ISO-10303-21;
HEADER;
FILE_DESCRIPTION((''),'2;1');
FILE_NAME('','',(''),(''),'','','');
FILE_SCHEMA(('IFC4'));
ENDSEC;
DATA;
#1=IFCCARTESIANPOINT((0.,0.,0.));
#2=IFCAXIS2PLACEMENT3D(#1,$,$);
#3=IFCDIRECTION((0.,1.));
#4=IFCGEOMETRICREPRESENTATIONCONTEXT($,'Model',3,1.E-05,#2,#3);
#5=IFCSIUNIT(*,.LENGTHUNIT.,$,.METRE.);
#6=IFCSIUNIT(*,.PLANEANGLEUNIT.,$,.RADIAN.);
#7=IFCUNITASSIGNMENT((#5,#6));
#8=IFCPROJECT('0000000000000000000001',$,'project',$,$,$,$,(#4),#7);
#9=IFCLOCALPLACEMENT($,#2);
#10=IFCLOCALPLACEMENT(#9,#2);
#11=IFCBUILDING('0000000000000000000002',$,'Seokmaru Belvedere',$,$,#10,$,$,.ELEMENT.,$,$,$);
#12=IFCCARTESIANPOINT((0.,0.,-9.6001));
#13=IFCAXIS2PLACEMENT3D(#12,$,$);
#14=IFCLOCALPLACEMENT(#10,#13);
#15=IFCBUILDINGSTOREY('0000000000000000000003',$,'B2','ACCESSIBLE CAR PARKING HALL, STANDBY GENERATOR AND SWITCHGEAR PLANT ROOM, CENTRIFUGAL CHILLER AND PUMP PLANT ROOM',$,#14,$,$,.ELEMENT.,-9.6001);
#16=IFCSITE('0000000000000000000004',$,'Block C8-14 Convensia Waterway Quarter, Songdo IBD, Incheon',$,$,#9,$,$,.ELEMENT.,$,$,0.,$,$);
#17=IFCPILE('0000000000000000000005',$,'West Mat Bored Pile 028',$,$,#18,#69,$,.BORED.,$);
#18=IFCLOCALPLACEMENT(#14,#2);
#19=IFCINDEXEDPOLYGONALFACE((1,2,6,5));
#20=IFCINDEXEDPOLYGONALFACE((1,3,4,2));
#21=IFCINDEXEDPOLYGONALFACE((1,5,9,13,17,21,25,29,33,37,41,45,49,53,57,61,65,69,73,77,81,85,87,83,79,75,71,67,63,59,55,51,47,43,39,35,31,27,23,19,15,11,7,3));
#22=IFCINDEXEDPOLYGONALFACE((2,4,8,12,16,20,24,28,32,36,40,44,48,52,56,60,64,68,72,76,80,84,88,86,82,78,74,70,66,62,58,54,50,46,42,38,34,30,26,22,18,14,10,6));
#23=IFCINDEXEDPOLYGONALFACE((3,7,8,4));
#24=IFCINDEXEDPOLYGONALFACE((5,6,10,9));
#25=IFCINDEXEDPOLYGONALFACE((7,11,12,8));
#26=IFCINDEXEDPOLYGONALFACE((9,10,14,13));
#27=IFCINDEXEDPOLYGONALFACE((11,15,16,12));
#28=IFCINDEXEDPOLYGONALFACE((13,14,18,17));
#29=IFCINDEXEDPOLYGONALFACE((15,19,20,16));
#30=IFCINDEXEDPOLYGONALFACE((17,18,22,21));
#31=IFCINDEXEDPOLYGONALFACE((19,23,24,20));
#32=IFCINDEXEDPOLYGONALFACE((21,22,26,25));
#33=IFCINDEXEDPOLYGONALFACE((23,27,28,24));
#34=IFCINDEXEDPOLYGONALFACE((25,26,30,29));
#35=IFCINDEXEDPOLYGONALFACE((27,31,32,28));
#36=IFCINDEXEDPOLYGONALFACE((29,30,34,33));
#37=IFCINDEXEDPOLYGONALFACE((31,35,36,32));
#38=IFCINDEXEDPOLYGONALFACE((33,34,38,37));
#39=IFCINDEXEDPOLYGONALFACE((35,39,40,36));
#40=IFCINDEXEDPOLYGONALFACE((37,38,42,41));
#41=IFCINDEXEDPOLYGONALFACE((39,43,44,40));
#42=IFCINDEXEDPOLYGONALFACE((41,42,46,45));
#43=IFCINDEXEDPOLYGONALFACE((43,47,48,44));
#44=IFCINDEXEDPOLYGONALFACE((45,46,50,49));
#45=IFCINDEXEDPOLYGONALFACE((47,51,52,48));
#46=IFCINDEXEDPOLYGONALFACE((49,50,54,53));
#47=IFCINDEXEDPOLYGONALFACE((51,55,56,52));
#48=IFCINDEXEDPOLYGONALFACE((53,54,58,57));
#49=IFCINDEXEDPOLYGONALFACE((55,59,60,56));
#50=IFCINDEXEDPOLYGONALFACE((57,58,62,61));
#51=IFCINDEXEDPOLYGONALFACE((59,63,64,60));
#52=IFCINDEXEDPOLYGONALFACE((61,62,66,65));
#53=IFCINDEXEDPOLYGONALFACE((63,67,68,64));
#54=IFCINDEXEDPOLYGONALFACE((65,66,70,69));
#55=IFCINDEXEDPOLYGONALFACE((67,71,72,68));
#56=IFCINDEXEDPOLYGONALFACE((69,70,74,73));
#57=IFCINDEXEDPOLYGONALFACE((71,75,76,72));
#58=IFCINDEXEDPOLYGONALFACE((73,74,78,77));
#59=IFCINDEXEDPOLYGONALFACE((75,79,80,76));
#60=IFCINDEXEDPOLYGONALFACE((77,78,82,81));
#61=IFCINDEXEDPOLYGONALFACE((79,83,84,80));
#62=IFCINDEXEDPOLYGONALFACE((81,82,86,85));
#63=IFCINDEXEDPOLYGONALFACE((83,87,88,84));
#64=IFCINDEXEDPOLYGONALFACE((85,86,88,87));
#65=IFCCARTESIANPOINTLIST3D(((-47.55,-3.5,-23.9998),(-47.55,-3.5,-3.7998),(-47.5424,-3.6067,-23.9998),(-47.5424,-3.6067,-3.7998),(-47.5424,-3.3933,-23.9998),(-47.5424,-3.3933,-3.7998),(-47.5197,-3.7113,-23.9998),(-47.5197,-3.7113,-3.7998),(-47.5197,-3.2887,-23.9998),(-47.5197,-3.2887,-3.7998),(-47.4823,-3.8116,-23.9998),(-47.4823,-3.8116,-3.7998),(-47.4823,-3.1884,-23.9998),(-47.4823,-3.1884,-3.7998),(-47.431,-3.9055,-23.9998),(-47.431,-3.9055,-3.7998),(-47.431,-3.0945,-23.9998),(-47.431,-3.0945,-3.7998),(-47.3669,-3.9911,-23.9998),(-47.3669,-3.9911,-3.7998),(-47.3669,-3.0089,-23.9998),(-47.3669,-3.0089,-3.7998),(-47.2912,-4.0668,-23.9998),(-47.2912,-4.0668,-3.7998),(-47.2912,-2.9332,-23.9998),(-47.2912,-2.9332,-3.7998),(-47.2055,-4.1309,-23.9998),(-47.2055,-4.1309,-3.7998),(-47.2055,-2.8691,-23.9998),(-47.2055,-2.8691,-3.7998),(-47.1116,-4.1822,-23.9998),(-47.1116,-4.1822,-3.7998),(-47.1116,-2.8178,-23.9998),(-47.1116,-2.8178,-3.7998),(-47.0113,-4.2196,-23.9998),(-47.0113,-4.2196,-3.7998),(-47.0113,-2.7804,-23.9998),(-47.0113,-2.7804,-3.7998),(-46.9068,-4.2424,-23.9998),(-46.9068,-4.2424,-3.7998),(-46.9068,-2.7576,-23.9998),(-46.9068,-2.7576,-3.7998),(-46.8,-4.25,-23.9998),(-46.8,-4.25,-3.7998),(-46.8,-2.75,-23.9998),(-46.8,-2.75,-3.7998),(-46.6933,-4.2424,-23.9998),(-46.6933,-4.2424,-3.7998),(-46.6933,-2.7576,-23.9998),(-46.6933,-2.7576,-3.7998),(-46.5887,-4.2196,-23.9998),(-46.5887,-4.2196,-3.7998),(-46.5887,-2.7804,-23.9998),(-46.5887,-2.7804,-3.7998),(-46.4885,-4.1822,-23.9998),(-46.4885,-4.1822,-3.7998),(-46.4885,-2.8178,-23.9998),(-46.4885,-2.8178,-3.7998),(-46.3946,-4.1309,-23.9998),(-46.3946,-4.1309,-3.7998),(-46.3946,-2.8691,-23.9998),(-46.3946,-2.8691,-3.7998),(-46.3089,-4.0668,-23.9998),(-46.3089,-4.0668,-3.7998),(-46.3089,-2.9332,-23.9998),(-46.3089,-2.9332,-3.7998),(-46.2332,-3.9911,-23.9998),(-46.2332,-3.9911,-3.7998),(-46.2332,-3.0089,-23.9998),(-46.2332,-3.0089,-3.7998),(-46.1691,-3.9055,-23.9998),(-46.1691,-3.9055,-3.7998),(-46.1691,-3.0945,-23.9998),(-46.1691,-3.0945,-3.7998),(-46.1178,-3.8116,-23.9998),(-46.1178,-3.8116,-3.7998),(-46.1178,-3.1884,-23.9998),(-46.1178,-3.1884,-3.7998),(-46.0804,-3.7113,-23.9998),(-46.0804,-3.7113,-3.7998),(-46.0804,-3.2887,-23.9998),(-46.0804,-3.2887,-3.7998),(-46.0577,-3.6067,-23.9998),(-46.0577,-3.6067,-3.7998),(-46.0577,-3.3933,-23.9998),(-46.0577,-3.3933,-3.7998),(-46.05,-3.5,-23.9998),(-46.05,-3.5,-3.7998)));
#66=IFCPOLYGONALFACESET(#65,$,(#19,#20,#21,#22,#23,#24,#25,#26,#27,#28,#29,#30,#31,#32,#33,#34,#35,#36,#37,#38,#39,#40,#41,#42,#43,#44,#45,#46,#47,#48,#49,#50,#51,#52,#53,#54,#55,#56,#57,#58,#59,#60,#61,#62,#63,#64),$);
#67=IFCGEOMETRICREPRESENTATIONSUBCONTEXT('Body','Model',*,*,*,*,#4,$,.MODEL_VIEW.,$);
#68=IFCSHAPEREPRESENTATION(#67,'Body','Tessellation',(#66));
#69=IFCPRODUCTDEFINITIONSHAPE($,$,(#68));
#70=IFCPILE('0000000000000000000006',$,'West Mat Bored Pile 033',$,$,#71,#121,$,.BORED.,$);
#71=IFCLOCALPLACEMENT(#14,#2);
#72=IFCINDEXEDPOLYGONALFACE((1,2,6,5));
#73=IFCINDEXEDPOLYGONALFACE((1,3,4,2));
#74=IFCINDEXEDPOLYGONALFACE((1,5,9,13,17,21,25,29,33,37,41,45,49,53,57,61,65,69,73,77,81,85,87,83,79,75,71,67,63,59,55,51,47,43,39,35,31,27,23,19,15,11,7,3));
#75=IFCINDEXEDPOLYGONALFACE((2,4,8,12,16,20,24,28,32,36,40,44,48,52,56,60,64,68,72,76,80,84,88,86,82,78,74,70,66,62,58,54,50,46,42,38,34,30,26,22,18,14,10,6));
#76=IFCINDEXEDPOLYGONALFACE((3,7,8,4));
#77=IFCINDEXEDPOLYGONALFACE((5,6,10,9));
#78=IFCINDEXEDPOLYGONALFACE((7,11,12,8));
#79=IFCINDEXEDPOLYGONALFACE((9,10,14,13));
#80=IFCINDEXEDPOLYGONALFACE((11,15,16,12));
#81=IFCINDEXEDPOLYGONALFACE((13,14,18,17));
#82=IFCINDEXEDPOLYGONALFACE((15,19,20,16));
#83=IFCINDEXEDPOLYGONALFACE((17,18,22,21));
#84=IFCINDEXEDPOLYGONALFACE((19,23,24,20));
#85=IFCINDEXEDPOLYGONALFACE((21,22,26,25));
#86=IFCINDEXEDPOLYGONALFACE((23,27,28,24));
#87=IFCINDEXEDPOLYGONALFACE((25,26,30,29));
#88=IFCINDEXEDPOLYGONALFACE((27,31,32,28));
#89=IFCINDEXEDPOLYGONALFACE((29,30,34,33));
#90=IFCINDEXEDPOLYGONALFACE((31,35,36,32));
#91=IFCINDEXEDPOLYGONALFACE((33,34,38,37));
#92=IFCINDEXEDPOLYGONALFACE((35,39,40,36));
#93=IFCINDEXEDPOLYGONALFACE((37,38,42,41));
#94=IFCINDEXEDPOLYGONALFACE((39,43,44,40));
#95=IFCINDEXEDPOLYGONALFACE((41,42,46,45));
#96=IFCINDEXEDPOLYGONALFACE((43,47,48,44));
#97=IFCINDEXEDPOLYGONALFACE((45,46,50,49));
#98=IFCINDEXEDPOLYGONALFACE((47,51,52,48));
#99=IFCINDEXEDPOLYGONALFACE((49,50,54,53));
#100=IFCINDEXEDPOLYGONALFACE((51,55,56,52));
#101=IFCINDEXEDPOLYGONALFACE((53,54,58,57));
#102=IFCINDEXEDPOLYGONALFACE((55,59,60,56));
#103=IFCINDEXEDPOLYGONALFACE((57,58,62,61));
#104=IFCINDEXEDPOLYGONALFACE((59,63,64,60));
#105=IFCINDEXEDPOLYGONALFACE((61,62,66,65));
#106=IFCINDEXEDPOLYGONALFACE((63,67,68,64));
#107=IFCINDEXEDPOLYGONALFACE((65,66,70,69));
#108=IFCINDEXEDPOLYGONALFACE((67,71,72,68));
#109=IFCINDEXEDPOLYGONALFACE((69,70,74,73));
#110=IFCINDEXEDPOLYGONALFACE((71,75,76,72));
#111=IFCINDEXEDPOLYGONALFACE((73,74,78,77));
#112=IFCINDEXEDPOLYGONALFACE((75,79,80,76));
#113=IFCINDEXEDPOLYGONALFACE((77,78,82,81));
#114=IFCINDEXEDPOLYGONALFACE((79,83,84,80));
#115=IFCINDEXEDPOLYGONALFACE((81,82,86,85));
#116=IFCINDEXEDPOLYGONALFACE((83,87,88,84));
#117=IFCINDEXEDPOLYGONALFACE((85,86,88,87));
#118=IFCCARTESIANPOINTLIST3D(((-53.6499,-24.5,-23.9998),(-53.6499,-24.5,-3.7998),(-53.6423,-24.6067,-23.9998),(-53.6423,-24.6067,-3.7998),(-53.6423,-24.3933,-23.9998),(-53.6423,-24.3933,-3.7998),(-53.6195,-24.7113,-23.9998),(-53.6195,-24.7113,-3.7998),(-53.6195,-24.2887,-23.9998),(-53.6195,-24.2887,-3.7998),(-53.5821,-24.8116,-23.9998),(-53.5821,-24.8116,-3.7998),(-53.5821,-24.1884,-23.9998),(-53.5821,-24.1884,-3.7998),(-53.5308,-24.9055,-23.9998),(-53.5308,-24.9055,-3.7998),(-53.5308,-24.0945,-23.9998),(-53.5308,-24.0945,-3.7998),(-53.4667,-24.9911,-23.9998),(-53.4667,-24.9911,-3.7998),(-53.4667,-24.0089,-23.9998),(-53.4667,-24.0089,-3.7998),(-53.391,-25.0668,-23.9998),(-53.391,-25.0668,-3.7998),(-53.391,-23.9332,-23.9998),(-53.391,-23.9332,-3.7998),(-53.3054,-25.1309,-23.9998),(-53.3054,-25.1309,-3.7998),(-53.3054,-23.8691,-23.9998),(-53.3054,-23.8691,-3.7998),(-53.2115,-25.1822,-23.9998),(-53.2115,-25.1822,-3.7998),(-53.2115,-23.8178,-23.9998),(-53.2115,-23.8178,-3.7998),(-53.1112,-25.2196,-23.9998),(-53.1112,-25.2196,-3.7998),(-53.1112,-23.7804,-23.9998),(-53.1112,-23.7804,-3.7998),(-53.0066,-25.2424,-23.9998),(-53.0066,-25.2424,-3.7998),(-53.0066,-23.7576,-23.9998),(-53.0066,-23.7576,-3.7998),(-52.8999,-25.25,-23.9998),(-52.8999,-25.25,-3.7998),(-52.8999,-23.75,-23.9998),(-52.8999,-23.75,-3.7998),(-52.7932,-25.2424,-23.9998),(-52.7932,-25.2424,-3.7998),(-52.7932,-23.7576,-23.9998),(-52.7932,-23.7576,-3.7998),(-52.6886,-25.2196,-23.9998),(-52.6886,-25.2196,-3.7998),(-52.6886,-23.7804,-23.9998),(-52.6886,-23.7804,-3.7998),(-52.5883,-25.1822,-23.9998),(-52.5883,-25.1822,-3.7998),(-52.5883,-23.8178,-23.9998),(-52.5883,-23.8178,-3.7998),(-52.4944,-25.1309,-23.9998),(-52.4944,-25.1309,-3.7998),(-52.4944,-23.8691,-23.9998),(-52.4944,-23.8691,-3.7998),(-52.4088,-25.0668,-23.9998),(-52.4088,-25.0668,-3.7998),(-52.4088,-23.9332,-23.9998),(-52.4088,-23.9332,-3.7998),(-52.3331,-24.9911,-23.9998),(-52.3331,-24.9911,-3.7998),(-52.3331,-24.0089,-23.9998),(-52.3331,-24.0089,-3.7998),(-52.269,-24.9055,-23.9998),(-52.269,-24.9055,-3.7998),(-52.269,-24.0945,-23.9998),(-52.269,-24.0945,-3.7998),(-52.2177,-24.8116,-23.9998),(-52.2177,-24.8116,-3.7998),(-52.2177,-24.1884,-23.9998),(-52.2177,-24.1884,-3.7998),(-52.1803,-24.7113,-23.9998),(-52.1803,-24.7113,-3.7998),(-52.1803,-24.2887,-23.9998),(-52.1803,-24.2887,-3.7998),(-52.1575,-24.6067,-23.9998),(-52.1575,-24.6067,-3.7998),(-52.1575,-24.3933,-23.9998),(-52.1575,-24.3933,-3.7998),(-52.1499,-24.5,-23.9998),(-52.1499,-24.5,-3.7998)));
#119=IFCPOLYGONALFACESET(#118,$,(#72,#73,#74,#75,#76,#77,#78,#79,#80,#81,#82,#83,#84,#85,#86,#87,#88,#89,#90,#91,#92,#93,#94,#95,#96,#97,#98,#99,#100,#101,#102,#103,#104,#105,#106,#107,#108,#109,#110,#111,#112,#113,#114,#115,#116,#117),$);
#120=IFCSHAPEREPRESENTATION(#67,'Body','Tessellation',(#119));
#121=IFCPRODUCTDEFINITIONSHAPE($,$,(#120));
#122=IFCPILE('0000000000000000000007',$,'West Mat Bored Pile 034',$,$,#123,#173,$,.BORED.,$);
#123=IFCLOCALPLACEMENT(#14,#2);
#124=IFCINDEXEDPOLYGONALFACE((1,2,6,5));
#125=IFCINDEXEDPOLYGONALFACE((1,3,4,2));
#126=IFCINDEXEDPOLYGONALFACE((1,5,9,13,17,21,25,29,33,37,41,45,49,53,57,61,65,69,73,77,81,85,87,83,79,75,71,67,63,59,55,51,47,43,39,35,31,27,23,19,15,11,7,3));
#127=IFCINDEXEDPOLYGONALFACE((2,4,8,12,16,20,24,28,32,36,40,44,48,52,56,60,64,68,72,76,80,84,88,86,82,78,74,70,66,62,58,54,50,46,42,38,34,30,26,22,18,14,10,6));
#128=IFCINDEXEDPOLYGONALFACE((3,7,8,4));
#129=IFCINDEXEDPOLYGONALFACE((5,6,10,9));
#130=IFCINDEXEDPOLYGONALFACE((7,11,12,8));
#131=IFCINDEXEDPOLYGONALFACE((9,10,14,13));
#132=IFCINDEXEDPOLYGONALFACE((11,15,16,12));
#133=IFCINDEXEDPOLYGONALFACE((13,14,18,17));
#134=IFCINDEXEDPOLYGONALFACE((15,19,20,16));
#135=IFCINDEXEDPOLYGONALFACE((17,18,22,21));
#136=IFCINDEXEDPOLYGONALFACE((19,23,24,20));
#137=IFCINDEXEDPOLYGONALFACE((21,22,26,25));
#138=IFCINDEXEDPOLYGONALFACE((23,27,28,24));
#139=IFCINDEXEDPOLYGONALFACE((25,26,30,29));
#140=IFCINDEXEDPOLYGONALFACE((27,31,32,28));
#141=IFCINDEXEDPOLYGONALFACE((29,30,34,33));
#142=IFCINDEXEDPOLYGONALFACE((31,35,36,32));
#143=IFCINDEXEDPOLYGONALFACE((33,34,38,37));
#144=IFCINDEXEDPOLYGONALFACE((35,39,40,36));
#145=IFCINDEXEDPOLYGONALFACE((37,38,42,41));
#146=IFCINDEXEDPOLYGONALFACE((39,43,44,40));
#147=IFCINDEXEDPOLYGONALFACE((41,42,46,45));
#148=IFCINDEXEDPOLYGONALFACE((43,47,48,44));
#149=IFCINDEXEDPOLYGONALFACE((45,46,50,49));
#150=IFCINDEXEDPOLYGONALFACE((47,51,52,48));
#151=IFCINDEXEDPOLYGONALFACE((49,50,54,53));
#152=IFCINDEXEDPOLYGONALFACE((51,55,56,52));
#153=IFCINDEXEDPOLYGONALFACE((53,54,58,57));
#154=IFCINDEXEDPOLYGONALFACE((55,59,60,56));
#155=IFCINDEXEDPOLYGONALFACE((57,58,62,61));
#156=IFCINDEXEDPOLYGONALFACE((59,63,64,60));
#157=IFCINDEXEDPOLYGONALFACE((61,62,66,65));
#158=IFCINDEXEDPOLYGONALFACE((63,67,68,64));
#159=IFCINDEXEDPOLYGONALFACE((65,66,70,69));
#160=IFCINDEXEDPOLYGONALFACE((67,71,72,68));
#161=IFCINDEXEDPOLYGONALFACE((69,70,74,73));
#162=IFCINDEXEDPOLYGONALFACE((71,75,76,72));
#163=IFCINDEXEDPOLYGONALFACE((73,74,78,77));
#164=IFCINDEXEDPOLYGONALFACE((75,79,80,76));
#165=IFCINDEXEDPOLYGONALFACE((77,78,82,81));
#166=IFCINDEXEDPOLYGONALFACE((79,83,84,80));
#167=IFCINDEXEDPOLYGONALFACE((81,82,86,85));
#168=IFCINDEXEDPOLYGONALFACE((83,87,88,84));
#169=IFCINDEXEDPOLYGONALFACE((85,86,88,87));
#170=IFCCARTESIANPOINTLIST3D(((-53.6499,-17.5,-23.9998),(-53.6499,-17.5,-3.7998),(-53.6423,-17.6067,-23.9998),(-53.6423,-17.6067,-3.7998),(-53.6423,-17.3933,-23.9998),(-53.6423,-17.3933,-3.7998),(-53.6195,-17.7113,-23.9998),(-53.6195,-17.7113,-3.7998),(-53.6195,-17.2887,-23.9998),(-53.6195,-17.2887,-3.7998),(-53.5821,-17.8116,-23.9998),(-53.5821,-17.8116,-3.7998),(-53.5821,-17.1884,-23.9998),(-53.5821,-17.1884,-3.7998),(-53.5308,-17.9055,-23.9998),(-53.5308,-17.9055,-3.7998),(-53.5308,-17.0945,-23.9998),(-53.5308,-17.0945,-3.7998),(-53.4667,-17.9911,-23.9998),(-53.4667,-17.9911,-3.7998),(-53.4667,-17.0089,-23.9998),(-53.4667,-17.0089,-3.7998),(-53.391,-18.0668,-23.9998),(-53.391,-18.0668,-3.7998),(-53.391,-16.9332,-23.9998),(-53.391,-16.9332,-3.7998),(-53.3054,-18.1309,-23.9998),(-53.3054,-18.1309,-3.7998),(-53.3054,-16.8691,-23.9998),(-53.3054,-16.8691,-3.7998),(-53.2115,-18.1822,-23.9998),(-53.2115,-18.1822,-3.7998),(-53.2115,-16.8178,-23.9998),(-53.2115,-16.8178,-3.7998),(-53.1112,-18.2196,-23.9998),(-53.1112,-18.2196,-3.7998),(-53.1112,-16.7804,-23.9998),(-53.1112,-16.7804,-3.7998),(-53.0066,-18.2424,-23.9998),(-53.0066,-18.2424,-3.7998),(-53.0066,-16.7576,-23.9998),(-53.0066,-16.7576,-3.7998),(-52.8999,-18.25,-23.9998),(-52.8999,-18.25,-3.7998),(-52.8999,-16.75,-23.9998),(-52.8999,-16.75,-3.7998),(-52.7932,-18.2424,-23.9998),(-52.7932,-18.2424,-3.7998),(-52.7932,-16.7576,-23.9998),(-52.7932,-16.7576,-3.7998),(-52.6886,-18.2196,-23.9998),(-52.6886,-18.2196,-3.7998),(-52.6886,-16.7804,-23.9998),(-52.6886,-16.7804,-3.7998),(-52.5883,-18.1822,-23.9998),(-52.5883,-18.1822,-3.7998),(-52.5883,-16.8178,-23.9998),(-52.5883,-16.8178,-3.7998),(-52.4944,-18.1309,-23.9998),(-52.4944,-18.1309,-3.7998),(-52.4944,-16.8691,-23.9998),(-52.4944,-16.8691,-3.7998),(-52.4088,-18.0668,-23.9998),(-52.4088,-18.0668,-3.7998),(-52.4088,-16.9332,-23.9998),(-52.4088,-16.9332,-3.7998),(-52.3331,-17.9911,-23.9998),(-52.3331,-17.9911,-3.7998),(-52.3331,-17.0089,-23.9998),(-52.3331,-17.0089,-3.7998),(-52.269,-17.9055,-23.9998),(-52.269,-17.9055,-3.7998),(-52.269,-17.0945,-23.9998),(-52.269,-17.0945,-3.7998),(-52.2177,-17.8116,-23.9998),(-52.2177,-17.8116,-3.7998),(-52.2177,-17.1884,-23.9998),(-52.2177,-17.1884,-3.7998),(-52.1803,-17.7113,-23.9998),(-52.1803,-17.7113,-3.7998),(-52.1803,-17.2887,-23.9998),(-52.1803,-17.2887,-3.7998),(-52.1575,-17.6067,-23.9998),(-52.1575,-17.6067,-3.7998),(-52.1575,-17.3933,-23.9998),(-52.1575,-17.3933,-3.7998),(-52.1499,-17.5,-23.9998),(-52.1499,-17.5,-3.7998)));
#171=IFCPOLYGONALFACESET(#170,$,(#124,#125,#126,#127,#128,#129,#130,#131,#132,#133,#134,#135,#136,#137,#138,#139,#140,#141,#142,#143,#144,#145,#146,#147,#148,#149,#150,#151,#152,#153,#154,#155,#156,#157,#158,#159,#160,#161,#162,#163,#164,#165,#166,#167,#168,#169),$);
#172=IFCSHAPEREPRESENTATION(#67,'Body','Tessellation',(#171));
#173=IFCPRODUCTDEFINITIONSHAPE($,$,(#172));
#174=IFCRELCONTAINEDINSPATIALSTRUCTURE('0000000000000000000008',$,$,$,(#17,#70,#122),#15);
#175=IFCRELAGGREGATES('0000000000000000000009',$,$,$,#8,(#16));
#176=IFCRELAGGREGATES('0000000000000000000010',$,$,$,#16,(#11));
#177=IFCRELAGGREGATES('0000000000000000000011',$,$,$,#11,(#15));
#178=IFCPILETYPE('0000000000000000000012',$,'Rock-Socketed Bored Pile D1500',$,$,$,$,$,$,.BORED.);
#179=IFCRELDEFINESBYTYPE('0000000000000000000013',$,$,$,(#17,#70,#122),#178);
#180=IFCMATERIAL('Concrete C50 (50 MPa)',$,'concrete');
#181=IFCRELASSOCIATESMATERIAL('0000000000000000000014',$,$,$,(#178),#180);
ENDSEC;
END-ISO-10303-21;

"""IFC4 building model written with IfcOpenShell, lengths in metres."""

from ifc_helpers import new_model, si_unit, direction, frame, origin, origin_2d, place, context, subcontext, project, spatial, circle, extrude, source, transform, mapped, material, material_profile, profile_set, type_object, type_shapes, element, save


model = new_model("IFC4")

# Units and contexts
model_context = context("Model", 3, precision=1e-05, world=origin(), true_north=direction((0.0, 1.0)))
body_context = subcontext(model_context, "Body", "Model", "MODEL_VIEW")
ifc_project = project(units=[si_unit("LENGTHUNIT", "METRE"), si_unit("PLANEANGLEUNIT", "RADIAN")], contexts=[model_context])

# Site, building, storey
site_placement = place(None, origin())
site = spatial("IfcSite", under=ifc_project, at=site_placement, Name="Block C8-14 Convensia Waterway Quarter, Songdo IBD, Incheon", CompositionType="ELEMENT", RefElevation=0.0)
building_placement = place(site_placement, origin())
building = spatial("IfcBuilding", under=site, at=building_placement, Name="Seokmaru Belvedere", CompositionType="ELEMENT")
storey_placement = place(building_placement, frame((0.0, 0.0, -9.6001)))
storey = spatial("IfcBuildingStorey", under=building, at=storey_placement, Name="B2", Description="ACCESSIBLE CAR PARKING HALL, STANDBY GENERATOR AND SWITCHGEAR PLANT ROOM, CENTRIFUGAL CHILLER AND PUMP PLANT ROOM", CompositionType="ELEMENT", Elevation=-9.6001)

# Piles
ifc_material_1 = material(Name="Concrete C50 (50 MPa)", Category="concrete")
ifc_material_profile_1 = material_profile(ifc_material_1, circle(Radius=0.75, at=origin_2d()), Name="PILE-D1500")
ifc_profile_set_1 = profile_set([ifc_material_profile_1], Name="Concrete C50 (50 MPa)")
pile_type_1 = type_object("IfcPileType", Name="Rock-Socketed Bored Pile D1500", PredefinedType="BORED", material=ifc_profile_set_1)
shared_shape_1 = source(origin(), body_context, "Body", "SweptSolid", [
    extrude(circle(Radius=0.75, at=origin_2d()), origin(), (0.0, 0.0, 1.0), 20.2),
])
type_shapes(pile_type_1, [shared_shape_1])
for number, where, z_axis, x_axis, name in (
    (1, (-46.8, -3.5, -3.7998), (0.0, 0.0, -1.0), (1.0, 0.0, 0.0), "West Mat Bored Pile 028"),
    (2, (-52.8999, -24.5, -3.7998), (0.0, 0.0, -1.0), (1.0, 0.0, 0.0), "West Mat Bored Pile 033"),
    (3, (-52.8999, -17.5, -3.7998), (0.0, 0.0, -1.0), (1.0, 0.0, 0.0), "West Mat Bored Pile 034"),
):
    element("IfcPile", number, at=place(storey_placement, frame(where, z_axis=z_axis, x_axis=x_axis)), inside=storey, type_object=pile_type_1, Name=name, PredefinedType="BORED", context=body_context, shape_type="MappedRepresentation", body=[
        mapped(shared_shape_1, transform((0.0, 0.0, 0.0), scale=1.0)),
    ])

save(model, "model.ifc")
